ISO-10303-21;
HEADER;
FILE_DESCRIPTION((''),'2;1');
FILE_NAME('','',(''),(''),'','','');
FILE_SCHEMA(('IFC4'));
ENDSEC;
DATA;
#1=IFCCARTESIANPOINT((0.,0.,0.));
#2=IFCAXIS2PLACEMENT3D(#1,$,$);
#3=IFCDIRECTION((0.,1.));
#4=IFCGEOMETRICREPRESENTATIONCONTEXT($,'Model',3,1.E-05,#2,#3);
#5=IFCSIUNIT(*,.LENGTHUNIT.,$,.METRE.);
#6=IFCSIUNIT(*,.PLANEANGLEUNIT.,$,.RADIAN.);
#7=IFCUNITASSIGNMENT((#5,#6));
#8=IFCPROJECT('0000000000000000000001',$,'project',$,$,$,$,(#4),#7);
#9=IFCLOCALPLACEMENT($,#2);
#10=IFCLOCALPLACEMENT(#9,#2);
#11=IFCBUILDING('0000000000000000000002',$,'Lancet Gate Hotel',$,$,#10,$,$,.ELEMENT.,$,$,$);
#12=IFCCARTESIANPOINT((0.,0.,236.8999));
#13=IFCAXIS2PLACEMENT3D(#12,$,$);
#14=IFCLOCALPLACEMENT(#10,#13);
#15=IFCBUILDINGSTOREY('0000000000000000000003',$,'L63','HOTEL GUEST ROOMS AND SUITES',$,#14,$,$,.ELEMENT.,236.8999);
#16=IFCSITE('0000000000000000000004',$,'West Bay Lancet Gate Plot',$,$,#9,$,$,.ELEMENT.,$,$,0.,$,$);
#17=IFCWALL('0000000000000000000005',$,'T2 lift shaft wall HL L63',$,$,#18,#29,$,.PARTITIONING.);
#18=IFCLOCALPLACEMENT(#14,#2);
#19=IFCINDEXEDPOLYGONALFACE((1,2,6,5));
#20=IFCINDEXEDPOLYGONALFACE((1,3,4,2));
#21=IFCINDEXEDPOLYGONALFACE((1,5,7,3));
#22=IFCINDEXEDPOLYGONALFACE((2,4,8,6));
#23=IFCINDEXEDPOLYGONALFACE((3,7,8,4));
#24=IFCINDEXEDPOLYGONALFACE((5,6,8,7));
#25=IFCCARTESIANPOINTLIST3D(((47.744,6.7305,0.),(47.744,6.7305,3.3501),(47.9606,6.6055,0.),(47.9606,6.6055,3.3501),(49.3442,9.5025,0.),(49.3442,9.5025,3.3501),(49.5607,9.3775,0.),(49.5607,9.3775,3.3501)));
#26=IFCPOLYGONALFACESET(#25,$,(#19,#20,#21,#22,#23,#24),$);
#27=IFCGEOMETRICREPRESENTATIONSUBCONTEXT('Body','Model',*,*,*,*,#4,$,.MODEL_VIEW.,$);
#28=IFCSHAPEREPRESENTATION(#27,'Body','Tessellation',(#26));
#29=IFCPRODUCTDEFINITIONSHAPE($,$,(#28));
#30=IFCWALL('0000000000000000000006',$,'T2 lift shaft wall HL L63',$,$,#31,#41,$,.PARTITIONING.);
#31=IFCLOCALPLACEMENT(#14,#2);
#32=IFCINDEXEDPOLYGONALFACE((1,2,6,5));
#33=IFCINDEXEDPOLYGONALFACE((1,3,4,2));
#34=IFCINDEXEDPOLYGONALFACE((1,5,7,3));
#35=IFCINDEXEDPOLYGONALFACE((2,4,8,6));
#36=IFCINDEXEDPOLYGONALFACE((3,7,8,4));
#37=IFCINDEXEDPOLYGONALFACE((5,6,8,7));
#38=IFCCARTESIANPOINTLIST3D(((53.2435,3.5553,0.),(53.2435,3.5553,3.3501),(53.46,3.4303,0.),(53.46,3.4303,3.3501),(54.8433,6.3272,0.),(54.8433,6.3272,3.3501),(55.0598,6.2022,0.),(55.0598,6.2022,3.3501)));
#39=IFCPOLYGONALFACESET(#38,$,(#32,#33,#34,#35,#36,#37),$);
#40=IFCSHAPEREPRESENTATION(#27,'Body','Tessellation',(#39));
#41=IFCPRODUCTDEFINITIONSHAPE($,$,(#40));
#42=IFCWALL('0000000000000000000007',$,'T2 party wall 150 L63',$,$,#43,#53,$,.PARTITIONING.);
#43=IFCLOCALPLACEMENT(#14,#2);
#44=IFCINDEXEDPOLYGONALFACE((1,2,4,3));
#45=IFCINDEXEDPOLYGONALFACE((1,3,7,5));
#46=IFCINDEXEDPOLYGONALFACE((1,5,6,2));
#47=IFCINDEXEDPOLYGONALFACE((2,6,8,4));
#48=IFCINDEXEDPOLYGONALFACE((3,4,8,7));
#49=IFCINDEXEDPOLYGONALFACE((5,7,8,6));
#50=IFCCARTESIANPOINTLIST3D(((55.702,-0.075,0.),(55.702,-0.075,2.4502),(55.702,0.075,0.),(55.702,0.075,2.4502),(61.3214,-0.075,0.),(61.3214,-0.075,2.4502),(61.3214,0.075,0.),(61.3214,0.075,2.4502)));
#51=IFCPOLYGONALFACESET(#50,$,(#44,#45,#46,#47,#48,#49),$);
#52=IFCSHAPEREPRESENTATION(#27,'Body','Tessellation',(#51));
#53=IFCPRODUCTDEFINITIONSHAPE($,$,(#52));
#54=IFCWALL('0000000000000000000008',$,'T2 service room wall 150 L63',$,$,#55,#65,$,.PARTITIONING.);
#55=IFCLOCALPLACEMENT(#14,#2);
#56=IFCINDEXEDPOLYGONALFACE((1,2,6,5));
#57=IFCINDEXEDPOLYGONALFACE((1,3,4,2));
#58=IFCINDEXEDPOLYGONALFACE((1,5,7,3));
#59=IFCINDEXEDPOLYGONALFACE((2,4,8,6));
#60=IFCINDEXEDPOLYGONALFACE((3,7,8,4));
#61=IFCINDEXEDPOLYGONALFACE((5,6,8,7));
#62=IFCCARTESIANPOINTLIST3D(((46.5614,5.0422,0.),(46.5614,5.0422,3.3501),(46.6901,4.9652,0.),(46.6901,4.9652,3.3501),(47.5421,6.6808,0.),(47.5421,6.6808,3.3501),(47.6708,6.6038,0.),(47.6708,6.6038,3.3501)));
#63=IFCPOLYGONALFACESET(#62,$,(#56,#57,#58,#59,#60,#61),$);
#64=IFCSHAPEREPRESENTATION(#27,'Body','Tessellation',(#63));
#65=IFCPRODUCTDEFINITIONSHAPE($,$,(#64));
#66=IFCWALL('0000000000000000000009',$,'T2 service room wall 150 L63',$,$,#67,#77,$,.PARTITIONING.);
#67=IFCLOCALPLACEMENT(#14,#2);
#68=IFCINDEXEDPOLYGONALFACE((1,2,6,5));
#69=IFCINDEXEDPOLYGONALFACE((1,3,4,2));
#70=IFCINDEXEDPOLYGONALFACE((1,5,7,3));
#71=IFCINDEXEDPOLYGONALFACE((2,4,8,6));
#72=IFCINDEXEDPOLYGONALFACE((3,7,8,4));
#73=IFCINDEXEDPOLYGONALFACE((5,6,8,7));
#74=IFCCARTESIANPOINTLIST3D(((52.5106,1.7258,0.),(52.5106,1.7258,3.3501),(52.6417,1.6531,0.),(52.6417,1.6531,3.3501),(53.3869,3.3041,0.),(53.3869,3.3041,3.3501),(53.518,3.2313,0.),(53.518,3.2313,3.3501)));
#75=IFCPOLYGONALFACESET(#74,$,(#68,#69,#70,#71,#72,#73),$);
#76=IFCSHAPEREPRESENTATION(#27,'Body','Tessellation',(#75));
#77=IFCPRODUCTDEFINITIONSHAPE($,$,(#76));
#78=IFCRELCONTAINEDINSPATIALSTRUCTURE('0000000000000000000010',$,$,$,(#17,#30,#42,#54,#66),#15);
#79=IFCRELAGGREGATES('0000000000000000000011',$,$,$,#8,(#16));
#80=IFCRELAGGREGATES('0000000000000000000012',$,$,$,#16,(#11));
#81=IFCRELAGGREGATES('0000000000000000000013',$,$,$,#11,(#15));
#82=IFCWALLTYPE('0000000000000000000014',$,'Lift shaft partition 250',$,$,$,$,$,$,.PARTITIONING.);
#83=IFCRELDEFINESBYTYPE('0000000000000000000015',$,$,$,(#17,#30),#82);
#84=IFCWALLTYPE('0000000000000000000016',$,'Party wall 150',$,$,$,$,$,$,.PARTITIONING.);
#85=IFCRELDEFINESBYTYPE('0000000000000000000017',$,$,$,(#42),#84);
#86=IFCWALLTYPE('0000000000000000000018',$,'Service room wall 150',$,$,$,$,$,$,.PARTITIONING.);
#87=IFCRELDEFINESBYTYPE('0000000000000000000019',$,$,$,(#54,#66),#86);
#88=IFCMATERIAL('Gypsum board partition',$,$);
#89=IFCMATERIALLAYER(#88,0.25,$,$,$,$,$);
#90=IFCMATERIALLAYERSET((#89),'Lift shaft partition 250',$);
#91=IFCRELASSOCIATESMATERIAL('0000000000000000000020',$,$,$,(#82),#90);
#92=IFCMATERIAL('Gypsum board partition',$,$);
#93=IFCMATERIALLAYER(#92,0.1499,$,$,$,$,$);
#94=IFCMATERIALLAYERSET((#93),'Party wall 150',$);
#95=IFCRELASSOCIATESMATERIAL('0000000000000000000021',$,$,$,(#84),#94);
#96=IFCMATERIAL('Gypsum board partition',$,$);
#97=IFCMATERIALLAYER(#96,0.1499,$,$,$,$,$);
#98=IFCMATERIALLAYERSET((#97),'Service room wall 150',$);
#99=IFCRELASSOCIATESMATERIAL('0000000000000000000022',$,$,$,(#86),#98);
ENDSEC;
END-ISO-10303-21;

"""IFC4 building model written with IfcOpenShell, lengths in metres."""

from ifc_helpers import new_model, si_unit, direction, frame, frame_2d, origin, place, context, subcontext, project, spatial, rectangle, extrude, material, layer, layer_set, type_object, element, save


model = new_model("IFC4")

# Units and contexts
model_context = context("Model", 3, precision=1e-05, world=origin(), true_north=direction((0.0, 1.0)))
body_context = subcontext(model_context, "Body", "Model", "MODEL_VIEW")
ifc_project = project(units=[si_unit("LENGTHUNIT", "METRE"), si_unit("PLANEANGLEUNIT", "RADIAN")], contexts=[model_context])

# Site, building, storey
site_placement = place(None, origin())
site = spatial("IfcSite", under=ifc_project, at=site_placement, Name="West Bay Lancet Gate Plot", CompositionType="ELEMENT", RefElevation=0.0)
building_placement = place(site_placement, origin())
building = spatial("IfcBuilding", under=site, at=building_placement, Name="Lancet Gate Hotel", CompositionType="ELEMENT")
storey_placement = place(building_placement, frame((0.0, 0.0, 236.8999)))
storey = spatial("IfcBuildingStorey", under=building, at=storey_placement, Name="L63", Description="HOTEL GUEST ROOMS AND SUITES", CompositionType="ELEMENT", Elevation=236.8999)

# Shared definitions
ifc_material_1 = material(Name="Gypsum board partition")
ifc_layer_1 = layer(ifc_material_1, 0.25)
ifc_layer_set_1 = layer_set([ifc_layer_1], Name="Lift shaft partition 250")
wall_type_1 = type_object("IfcWallType", Name="Lift shaft partition 250", PredefinedType="PARTITIONING", material=ifc_layer_set_1)

# Walls
wall_1_placement = place(storey_placement, frame((47.8523, 6.668, 0.0), z_axis=(0.0, 0.0, 1.0), x_axis=(0.499929, 0.866066, 0.0)))
element("IfcWall", 1, at=wall_1_placement, inside=storey, type_object=wall_type_1, Name="T2 lift shaft wall HL L63", PredefinedType="PARTITIONING", context=body_context, shape_type="SweptSolid", body=[
    extrude(rectangle(XDim=3.2007, YDim=0.25, at=frame_2d((1.6003, 0.0))), origin(), (0.0, 0.0, 1.0), 3.3501),
])
wall_2_placement = place(storey_placement, frame((53.3518, 3.4929, 0.0), z_axis=(0.0, 0.0, 1.0), x_axis=(0.499872, 0.866099, 0.0)))
element("IfcWall", 2, at=wall_2_placement, inside=storey, type_object=wall_type_1, Name="T2 lift shaft wall HL L63", PredefinedType="PARTITIONING", context=body_context, shape_type="SweptSolid", body=[
    extrude(rectangle(XDim=3.2004, YDim=0.25, at=frame_2d((1.6001, 0.0))), origin(), (0.0, 0.0, 1.0), 3.3501),
])
ifc_material_2 = material(Name="Gypsum board partition")
ifc_layer_2 = layer(ifc_material_2, 0.1499)
ifc_layer_set_2 = layer_set([ifc_layer_2], Name="Party wall 150")
wall_type_2 = type_object("IfcWallType", Name="Party wall 150", PredefinedType="PARTITIONING", material=ifc_layer_set_2)
wall_3_placement = place(storey_placement, frame((55.7021, 0.0, 0.0), z_axis=(0.0, 0.0, 1.0), x_axis=(1.0, 0.0, 0.0)))
element("IfcWall", 3, at=wall_3_placement, inside=storey, type_object=wall_type_2, Name="T2 party wall 150 L63", PredefinedType="PARTITIONING", context=body_context, shape_type="SweptSolid", body=[
    extrude(rectangle(XDim=5.6194, YDim=0.1499, at=frame_2d((2.8096, 0.0))), origin(), (0.0, 0.0, 1.0), 2.4502),
])
ifc_material_3 = material(Name="Gypsum board partition")
ifc_layer_3 = layer(ifc_material_3, 0.1499)
ifc_layer_set_3 = layer_set([ifc_layer_3], Name="Service room wall 150")
wall_type_3 = type_object("IfcWallType", Name="Service room wall 150", PredefinedType="PARTITIONING", material=ifc_layer_set_3)
wall_4_placement = place(storey_placement, frame((47.6064, 6.6423, 0.0), z_axis=(0.0, 0.0, 1.0), x_axis=(-0.513537, -0.858068, 0.0)))
element("IfcWall", 4, at=wall_4_placement, inside=storey, type_object=wall_type_3, Name="T2 service room wall 150 L63", PredefinedType="PARTITIONING", context=body_context, shape_type="SweptSolid", body=[
    extrude(rectangle(XDim=1.9097, YDim=0.1499, at=frame_2d((0.9548, 0.0))), origin(), (0.0, 0.0, 1.0), 3.3501),
])
wall_5_placement = place(storey_placement, frame((52.5762, 1.6895, 0.0), z_axis=(0.0, 0.0, 1.0), x_axis=(0.485425, 0.874278, 0.0)))
element("IfcWall", 5, at=wall_5_placement, inside=storey, type_object=wall_type_3, Name="T2 service room wall 150 L63", PredefinedType="PARTITIONING", context=body_context, shape_type="SweptSolid", body=[
    extrude(rectangle(XDim=1.8052, YDim=0.1499, at=frame_2d((0.9026, 0.0))), origin(), (0.0, 0.0, 1.0), 3.3501),
])

save(model, "model.ifc")
